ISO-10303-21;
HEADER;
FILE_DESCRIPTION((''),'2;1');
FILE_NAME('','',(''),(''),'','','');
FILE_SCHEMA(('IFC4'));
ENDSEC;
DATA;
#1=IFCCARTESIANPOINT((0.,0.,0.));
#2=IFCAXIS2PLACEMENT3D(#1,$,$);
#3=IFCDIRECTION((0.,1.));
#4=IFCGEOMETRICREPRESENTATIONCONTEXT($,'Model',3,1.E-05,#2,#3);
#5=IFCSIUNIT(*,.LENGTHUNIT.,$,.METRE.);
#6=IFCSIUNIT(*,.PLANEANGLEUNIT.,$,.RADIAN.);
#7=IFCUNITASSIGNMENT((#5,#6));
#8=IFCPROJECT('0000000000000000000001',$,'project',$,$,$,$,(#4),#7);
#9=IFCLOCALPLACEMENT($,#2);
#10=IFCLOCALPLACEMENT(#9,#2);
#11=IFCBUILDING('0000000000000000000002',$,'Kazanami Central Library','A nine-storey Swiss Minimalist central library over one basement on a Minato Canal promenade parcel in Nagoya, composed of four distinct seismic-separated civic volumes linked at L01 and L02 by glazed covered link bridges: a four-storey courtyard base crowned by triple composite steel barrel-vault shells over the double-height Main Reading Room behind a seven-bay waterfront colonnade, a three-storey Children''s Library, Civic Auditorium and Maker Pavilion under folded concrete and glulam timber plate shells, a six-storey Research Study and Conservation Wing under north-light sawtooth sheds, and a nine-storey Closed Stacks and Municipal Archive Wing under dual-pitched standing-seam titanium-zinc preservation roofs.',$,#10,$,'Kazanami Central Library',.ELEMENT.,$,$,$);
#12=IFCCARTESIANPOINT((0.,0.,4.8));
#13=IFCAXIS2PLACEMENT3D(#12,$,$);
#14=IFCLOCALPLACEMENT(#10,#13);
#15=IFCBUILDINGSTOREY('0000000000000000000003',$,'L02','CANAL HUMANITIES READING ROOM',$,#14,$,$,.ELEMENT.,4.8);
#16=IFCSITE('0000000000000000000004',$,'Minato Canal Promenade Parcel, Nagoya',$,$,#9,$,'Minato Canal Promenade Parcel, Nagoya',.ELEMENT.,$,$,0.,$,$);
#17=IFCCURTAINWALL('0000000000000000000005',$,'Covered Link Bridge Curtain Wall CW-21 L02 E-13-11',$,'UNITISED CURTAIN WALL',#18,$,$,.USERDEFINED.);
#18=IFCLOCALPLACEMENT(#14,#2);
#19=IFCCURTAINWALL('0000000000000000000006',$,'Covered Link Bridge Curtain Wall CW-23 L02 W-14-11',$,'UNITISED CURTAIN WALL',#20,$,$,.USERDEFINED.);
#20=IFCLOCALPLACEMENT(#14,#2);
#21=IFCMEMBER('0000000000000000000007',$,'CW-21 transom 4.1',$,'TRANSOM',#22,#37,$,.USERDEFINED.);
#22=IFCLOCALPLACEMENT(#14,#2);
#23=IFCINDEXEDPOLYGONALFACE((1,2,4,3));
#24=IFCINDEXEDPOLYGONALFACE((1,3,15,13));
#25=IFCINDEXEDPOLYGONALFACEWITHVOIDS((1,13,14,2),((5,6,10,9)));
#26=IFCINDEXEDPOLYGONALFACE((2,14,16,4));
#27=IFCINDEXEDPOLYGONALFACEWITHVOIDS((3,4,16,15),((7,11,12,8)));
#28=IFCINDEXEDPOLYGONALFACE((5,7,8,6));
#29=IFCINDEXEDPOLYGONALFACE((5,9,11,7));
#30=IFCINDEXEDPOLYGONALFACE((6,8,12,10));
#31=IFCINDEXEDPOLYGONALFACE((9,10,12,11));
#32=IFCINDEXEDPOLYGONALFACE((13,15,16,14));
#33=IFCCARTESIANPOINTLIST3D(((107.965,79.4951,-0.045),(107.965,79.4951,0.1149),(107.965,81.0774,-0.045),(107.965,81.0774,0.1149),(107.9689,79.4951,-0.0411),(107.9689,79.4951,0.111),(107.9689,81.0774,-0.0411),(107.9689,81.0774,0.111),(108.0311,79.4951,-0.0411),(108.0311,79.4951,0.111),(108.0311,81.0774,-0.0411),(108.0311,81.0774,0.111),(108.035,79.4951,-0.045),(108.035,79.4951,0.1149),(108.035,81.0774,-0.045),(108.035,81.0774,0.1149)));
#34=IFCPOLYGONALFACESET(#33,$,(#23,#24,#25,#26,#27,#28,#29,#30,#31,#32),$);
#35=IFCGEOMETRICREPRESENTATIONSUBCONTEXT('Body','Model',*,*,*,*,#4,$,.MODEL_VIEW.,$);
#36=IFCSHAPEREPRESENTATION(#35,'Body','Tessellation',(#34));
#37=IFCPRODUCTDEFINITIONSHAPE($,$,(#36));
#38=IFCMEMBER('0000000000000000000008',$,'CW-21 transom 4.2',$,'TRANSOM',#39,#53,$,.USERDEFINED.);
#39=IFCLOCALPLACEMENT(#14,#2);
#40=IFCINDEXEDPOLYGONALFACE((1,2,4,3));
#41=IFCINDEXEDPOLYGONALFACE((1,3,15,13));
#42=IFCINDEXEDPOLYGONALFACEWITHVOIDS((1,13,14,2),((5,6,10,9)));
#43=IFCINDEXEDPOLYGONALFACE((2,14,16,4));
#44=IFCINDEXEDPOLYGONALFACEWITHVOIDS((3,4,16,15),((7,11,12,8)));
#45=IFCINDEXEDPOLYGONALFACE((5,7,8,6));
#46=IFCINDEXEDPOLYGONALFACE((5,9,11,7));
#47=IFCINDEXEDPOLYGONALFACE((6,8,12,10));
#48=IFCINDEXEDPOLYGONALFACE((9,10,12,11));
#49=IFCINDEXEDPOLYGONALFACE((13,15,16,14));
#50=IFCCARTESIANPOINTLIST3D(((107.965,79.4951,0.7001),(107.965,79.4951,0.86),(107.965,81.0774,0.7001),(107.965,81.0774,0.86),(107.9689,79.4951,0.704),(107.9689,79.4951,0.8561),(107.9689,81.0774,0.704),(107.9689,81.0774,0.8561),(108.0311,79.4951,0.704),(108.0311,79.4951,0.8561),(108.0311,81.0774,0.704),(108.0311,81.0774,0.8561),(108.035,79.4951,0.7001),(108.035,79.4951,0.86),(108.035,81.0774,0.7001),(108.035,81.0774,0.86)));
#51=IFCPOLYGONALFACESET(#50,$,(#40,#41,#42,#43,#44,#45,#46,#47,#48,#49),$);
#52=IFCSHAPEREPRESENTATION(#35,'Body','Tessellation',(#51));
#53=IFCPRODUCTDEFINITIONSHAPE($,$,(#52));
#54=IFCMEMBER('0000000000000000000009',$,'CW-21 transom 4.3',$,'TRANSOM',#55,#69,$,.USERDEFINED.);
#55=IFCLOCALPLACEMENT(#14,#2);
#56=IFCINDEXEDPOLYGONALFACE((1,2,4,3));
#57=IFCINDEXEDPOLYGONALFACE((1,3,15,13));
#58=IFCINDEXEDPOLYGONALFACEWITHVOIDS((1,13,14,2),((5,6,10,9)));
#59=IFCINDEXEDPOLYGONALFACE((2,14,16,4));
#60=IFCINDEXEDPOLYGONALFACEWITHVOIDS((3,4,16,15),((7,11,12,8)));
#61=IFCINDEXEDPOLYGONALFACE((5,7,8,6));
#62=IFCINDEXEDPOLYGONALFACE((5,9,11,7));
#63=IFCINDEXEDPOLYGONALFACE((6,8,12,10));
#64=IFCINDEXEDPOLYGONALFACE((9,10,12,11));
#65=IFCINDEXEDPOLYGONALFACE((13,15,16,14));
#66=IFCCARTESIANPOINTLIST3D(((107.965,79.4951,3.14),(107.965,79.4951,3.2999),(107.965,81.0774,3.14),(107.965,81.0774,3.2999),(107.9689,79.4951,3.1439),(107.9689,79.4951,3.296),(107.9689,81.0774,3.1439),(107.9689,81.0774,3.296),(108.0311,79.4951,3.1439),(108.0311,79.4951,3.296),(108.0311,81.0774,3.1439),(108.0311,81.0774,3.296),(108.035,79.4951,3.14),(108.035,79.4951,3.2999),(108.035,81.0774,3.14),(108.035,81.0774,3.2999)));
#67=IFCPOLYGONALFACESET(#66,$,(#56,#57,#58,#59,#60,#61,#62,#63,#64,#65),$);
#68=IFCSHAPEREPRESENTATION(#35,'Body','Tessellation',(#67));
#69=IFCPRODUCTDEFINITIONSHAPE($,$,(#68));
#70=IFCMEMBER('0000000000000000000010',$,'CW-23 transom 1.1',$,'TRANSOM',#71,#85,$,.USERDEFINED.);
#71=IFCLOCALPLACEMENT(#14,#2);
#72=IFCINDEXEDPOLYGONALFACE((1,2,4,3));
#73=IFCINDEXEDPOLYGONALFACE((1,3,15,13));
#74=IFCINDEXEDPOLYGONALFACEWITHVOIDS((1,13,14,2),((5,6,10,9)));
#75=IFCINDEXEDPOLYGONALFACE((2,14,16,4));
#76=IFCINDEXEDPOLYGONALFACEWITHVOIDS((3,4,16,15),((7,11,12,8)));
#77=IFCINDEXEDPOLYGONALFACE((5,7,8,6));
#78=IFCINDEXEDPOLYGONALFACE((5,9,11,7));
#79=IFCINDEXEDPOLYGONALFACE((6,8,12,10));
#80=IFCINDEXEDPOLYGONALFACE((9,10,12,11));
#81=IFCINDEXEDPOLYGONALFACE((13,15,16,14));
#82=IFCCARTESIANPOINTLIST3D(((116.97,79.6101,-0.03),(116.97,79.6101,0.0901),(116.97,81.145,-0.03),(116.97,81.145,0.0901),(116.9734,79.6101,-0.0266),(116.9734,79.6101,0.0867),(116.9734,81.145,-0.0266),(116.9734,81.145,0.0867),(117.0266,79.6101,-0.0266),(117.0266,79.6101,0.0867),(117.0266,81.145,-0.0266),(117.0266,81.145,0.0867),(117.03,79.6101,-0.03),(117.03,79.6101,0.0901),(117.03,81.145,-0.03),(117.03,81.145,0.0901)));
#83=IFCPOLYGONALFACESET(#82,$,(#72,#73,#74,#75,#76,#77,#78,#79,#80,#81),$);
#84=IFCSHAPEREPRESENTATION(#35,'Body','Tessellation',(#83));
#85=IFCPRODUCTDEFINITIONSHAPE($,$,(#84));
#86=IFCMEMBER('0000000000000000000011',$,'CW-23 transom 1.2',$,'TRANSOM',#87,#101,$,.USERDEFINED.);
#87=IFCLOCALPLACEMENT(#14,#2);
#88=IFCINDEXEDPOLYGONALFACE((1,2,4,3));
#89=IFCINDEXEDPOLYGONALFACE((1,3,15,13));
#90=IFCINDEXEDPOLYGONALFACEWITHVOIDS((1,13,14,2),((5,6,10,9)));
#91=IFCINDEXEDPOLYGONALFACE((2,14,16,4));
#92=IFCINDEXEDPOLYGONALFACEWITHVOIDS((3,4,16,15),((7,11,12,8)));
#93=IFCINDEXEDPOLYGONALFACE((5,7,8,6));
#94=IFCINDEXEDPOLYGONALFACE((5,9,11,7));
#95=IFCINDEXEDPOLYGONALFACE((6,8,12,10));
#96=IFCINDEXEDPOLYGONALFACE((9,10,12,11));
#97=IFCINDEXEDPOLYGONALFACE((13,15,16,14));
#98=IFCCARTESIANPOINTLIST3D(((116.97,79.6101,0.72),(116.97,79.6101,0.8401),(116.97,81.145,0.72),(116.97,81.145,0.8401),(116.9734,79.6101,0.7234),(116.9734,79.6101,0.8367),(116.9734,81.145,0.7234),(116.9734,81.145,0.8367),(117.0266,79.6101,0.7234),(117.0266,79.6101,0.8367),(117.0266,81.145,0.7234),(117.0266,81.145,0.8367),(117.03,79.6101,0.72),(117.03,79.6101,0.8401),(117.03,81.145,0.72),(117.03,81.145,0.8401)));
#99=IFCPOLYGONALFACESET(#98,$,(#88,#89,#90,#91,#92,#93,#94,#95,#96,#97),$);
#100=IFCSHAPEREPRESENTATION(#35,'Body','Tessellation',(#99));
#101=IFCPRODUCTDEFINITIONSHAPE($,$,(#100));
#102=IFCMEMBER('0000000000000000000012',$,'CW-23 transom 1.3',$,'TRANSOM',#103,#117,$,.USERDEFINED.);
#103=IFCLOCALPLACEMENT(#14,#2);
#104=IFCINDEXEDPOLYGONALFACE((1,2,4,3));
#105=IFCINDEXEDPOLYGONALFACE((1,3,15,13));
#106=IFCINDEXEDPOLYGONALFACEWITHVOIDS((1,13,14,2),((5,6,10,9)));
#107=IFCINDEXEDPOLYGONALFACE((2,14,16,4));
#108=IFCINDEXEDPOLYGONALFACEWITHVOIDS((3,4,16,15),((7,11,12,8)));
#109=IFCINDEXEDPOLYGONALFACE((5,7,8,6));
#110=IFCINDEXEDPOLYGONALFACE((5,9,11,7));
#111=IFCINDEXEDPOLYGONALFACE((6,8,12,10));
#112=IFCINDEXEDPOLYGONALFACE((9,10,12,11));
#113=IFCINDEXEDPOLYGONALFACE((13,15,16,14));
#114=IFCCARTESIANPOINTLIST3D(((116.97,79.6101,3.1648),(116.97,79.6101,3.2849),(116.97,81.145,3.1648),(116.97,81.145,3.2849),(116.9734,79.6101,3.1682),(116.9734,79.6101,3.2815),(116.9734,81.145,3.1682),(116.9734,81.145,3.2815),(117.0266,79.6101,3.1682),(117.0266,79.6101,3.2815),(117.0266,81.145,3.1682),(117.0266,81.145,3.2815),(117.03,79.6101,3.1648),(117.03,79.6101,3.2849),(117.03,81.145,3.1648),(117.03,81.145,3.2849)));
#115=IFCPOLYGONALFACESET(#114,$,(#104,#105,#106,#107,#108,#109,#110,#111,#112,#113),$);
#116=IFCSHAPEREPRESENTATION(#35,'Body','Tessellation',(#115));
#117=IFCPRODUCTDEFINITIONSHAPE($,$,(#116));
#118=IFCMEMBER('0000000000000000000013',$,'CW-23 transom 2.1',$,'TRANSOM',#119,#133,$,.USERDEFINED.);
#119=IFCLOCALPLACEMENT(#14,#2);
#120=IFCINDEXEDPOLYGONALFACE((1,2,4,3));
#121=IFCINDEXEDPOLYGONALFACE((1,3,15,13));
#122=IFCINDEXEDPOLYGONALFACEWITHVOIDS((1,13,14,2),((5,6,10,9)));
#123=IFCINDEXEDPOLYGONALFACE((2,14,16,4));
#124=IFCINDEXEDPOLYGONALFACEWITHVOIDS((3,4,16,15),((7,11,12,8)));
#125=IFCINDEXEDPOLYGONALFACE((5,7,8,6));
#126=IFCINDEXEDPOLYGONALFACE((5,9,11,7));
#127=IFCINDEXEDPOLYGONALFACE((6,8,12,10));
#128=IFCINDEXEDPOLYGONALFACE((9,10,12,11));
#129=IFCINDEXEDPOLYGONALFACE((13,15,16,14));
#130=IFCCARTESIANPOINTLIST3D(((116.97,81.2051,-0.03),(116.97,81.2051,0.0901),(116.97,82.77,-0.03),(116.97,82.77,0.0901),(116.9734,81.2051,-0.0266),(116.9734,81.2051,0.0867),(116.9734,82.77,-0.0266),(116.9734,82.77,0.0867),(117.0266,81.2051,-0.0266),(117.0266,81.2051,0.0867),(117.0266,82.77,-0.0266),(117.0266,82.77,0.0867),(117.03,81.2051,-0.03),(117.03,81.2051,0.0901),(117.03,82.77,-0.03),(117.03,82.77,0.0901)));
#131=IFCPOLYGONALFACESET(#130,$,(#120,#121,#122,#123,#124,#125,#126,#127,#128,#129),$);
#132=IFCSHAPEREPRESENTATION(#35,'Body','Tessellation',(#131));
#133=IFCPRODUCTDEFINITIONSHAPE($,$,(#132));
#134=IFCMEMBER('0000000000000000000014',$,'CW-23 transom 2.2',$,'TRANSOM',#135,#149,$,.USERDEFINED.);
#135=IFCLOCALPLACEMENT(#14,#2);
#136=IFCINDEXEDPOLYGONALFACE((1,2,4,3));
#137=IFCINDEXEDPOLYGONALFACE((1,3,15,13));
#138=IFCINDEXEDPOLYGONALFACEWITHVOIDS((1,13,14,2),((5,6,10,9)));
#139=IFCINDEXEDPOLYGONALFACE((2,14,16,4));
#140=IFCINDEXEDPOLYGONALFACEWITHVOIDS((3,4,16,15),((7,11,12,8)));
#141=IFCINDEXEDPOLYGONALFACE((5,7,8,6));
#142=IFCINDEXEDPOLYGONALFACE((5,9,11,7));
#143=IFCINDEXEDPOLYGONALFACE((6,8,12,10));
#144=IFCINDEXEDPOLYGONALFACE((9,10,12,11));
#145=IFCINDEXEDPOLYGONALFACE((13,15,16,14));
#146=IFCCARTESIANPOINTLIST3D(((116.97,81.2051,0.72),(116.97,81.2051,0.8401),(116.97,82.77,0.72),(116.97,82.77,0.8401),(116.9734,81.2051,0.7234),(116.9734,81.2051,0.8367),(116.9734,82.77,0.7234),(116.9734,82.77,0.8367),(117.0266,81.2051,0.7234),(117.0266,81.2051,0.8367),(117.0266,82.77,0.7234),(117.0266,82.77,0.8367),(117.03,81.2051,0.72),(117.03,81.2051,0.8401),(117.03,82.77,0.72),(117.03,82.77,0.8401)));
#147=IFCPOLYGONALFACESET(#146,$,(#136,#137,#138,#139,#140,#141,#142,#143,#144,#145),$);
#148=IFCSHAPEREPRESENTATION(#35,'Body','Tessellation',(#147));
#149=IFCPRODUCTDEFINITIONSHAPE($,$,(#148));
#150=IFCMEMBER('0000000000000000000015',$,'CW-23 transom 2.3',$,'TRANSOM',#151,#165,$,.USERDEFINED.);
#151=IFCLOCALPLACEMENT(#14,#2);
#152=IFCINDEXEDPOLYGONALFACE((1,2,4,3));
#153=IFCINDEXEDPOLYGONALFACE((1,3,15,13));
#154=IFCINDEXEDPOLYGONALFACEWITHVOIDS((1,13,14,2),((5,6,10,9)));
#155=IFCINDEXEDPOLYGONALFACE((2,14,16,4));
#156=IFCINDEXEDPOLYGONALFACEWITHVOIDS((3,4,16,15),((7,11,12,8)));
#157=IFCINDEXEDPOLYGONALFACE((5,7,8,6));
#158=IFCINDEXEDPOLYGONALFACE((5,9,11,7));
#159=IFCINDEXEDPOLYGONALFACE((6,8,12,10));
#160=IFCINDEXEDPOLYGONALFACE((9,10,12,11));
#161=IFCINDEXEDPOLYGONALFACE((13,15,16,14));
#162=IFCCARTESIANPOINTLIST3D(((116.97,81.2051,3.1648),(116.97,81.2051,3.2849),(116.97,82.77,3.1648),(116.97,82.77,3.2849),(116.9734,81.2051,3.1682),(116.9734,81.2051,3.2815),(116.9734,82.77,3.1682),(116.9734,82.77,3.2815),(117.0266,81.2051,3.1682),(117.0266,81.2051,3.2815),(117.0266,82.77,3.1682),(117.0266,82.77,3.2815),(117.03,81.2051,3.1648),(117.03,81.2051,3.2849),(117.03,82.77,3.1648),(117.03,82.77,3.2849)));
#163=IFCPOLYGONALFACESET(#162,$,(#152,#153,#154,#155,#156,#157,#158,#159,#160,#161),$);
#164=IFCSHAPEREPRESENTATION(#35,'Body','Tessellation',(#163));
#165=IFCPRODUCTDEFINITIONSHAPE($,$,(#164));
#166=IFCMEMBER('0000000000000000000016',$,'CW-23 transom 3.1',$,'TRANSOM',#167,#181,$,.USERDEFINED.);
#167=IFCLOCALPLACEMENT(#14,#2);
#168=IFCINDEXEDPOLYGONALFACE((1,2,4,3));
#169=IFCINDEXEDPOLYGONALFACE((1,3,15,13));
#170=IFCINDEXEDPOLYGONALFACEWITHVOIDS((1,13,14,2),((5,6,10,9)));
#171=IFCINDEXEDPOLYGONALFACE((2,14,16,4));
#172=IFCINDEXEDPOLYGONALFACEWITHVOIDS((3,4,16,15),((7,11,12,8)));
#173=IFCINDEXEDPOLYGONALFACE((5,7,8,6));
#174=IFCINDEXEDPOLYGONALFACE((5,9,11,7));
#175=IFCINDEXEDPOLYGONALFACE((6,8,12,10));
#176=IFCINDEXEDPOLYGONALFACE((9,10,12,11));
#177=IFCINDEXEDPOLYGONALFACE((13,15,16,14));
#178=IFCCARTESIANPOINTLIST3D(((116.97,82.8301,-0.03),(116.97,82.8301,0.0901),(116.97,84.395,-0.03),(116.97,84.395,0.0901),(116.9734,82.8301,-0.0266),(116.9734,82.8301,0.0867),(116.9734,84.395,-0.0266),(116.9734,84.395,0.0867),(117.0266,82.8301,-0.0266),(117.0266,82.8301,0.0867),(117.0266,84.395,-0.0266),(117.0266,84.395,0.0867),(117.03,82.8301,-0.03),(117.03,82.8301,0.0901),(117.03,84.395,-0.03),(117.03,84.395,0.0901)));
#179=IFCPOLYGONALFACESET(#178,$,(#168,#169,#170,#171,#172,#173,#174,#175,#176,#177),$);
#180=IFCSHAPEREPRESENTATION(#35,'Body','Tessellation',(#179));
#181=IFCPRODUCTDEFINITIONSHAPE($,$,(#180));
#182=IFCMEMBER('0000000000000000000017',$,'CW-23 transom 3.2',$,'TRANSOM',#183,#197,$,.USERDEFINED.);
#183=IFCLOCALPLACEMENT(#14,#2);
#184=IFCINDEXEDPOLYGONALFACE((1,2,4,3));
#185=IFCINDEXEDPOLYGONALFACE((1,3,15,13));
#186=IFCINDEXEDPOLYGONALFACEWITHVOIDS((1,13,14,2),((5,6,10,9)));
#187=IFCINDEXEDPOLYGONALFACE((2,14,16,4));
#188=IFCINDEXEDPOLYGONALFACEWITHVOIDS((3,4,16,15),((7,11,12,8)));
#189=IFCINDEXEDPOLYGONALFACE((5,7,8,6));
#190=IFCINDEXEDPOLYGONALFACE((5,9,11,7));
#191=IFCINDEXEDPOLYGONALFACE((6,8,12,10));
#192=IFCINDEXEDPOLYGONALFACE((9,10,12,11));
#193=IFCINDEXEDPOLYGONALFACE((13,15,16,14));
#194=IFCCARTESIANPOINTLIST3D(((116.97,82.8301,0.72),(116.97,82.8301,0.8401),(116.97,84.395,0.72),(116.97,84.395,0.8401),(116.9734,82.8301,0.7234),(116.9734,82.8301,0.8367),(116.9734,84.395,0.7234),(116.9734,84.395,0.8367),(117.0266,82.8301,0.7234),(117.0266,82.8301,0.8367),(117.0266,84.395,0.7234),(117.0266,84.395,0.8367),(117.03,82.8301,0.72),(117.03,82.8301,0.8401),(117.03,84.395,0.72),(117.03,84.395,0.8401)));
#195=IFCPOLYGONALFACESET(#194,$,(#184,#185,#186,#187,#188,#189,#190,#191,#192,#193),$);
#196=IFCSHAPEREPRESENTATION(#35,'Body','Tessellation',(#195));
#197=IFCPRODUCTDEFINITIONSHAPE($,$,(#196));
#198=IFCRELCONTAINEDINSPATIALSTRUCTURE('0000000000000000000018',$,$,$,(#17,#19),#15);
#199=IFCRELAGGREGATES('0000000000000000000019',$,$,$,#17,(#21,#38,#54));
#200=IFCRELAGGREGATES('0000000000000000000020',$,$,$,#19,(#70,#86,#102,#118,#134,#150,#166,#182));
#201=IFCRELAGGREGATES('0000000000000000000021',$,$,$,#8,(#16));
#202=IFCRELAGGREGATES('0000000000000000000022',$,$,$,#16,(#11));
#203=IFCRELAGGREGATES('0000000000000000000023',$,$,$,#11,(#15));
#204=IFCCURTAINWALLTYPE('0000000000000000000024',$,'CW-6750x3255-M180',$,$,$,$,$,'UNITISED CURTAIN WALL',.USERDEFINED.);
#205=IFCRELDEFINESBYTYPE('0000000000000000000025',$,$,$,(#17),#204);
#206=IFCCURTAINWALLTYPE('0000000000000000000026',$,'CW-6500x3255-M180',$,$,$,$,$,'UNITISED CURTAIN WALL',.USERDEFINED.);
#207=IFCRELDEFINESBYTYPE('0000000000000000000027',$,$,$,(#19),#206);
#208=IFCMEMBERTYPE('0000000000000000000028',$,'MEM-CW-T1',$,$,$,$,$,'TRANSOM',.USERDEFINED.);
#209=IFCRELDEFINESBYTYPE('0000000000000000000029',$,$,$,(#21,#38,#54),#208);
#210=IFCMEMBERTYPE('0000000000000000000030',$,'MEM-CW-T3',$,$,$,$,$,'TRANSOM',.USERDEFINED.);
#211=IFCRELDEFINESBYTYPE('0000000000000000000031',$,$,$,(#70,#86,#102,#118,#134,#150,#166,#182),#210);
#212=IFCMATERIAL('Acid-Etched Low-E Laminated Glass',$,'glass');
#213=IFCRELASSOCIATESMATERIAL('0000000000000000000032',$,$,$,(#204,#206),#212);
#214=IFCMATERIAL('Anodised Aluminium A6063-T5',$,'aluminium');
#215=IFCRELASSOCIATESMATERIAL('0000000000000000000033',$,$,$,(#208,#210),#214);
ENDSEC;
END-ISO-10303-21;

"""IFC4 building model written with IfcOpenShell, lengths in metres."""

from ifc_helpers import new_model, si_unit, direction, frame, origin, origin_2d, place, context, subcontext, project, spatial, hollow_rectangle, extrude, material, material_profile, profile_set, type_object, element, aggregate, save


model = new_model("IFC4")

# Units and contexts
model_context = context("Model", 3, precision=1e-05, world=origin(), true_north=direction((0.0, 1.0)))
body_context = subcontext(model_context, "Body", "Model", "MODEL_VIEW")
ifc_project = project(units=[si_unit("LENGTHUNIT", "METRE"), si_unit("PLANEANGLEUNIT", "RADIAN")], contexts=[model_context])

# Site, building, storey
site_placement = place(None, origin())
site = spatial("IfcSite", under=ifc_project, at=site_placement, Name="Minato Canal Promenade Parcel, Nagoya", LongName="Minato Canal Promenade Parcel, Nagoya", CompositionType="ELEMENT", RefElevation=0.0)
building_placement = place(site_placement, origin())
building = spatial("IfcBuilding", under=site, at=building_placement, Name="Kazanami Central Library", Description="A nine-storey Swiss Minimalist central library over one basement on a Minato Canal promenade parcel in Nagoya, composed of four distinct seismic-separated civic volumes linked at L01 and L02 by glazed covered link bridges: a four-storey courtyard base crowned by triple composite steel barrel-vault shells over the double-height Main Reading Room behind a seven-bay waterfront colonnade, a three-storey Children's Library, Civic Auditorium and Maker Pavilion under folded concrete and glulam timber plate shells, a six-storey Research Study and Conservation Wing under north-light sawtooth sheds, and a nine-storey Closed Stacks and Municipal Archive Wing under dual-pitched standing-seam titanium-zinc preservation roofs.", LongName="Kazanami Central Library", CompositionType="ELEMENT")
storey_placement = place(building_placement, frame((0.0, 0.0, 4.8)))
storey = spatial("IfcBuildingStorey", under=building, at=storey_placement, Name="L02", Description="CANAL HUMANITIES READING ROOM", CompositionType="ELEMENT", Elevation=4.8)

# Curtain walls
ifc_material_1 = material(Name="Acid-Etched Low-E Laminated Glass", Category="glass")
curtain_wall_type_1 = type_object("IfcCurtainWallType", Name="CW-6750x3255-M180", ElementType="UNITISED CURTAIN WALL", PredefinedType="USERDEFINED", material=ifc_material_1)
curtain_wall_1_placement = place(storey_placement, origin())
curtain_wall_1 = element("IfcCurtainWall", 1, at=curtain_wall_1_placement, inside=storey, type_object=curtain_wall_type_1, Name="Covered Link Bridge Curtain Wall CW-21 L02 E-13-11", ObjectType="UNITISED CURTAIN WALL", PredefinedType="USERDEFINED")
ifc_material_2 = material(Name="Anodised Aluminium A6063-T5", Category="aluminium")
curtain_wall_type_2 = type_object("IfcCurtainWallType", Name="CW-6500x3255-M180", ElementType="UNITISED CURTAIN WALL", PredefinedType="USERDEFINED", material=ifc_material_1)
curtain_wall_2_placement = place(storey_placement, origin())
curtain_wall_2 = element("IfcCurtainWall", 2, at=curtain_wall_2_placement, inside=storey, type_object=curtain_wall_type_2, Name="Covered Link Bridge Curtain Wall CW-23 L02 W-14-11", ObjectType="UNITISED CURTAIN WALL", PredefinedType="USERDEFINED")

# Members
ifc_material_profile_1 = material_profile(ifc_material_2, hollow_rectangle(XDim=0.0701, YDim=0.1599, WallThickness=0.0039, at=origin_2d()), Name="ALU-TRAN-70x160x4")
ifc_profile_set_1 = profile_set([ifc_material_profile_1], Name="Anodised Aluminium A6063-T5")
member_type_1 = type_object("IfcMemberType", Name="MEM-CW-T1", ElementType="TRANSOM", PredefinedType="USERDEFINED", material=ifc_profile_set_1)
member_1_placement = place(storey_placement, frame((108.0, 81.0774, 0.0349), z_axis=(0.0, -1.0, 0.0), x_axis=(1.0, 0.0, 0.0)))
member_1 = element("IfcMember", 3, at=member_1_placement, type_object=member_type_1, Name="CW-21 transom 4.1", ObjectType="TRANSOM", PredefinedType="USERDEFINED", context=body_context, shape_type="SweptSolid", body=[
    extrude(hollow_rectangle(XDim=0.0701, YDim=0.1599, WallThickness=0.0039, at=origin_2d()), origin(), (0.0, 0.0, 1.0), 1.5823),
])
member_2_placement = place(storey_placement, frame((108.0, 81.0774, 0.78), z_axis=(0.0, -1.0, 0.0), x_axis=(1.0, 0.0, 0.0)))
member_2 = element("IfcMember", 4, at=member_2_placement, type_object=member_type_1, Name="CW-21 transom 4.2", ObjectType="TRANSOM", PredefinedType="USERDEFINED", context=body_context, shape_type="SweptSolid", body=[
    extrude(hollow_rectangle(XDim=0.0701, YDim=0.1599, WallThickness=0.0039, at=origin_2d()), origin(), (0.0, 0.0, 1.0), 1.5823),
])
member_3_placement = place(storey_placement, frame((108.0, 81.0774, 3.22), z_axis=(0.0, -1.0, 0.0), x_axis=(1.0, 0.0, 0.0)))
member_3 = element("IfcMember", 5, at=member_3_placement, type_object=member_type_1, Name="CW-21 transom 4.3", ObjectType="TRANSOM", PredefinedType="USERDEFINED", context=body_context, shape_type="SweptSolid", body=[
    extrude(hollow_rectangle(XDim=0.0701, YDim=0.1599, WallThickness=0.0039, at=origin_2d()), origin(), (0.0, 0.0, 1.0), 1.5823),
])
ifc_material_profile_2 = material_profile(ifc_material_2, hollow_rectangle(XDim=0.0601, YDim=0.1201, WallThickness=0.0034, at=origin_2d()), Name="ALU-TRAN-60x120x3.5")
ifc_profile_set_2 = profile_set([ifc_material_profile_2], Name="Anodised Aluminium A6063-T5")
member_type_2 = type_object("IfcMemberType", Name="MEM-CW-T3", ElementType="TRANSOM", PredefinedType="USERDEFINED", material=ifc_profile_set_2)
member_4_placement = place(storey_placement, frame((117.0, 79.6101, 0.03), z_axis=(0.0, 1.0, 0.0), x_axis=(-1.0, 0.0, 0.0)))
member_4 = element("IfcMember", 6, at=member_4_placement, type_object=member_type_2, Name="CW-23 transom 1.1", ObjectType="TRANSOM", PredefinedType="USERDEFINED", context=body_context, shape_type="SweptSolid", body=[
    extrude(hollow_rectangle(XDim=0.0601, YDim=0.1201, WallThickness=0.0034, at=origin_2d()), origin(), (0.0, 0.0, 1.0), 1.5349),
])
member_5_placement = place(storey_placement, frame((117.0, 79.6101, 0.78), z_axis=(0.0, 1.0, 0.0), x_axis=(-1.0, 0.0, 0.0)))
member_5 = element("IfcMember", 7, at=member_5_placement, type_object=member_type_2, Name="CW-23 transom 1.2", ObjectType="TRANSOM", PredefinedType="USERDEFINED", context=body_context, shape_type="SweptSolid", body=[
    extrude(hollow_rectangle(XDim=0.0601, YDim=0.1201, WallThickness=0.0034, at=origin_2d()), origin(), (0.0, 0.0, 1.0), 1.5349),
])
member_6_placement = place(storey_placement, frame((117.0, 79.6101, 3.2249), z_axis=(0.0, 1.0, 0.0), x_axis=(-1.0, 0.0, 0.0)))
member_6 = element("IfcMember", 8, at=member_6_placement, type_object=member_type_2, Name="CW-23 transom 1.3", ObjectType="TRANSOM", PredefinedType="USERDEFINED", context=body_context, shape_type="SweptSolid", body=[
    extrude(hollow_rectangle(XDim=0.0601, YDim=0.1201, WallThickness=0.0034, at=origin_2d()), origin(), (0.0, 0.0, 1.0), 1.5349),
])
member_7_placement = place(storey_placement, frame((117.0, 81.2051, 0.03), z_axis=(0.0, 1.0, 0.0), x_axis=(-1.0, 0.0, 0.0)))
member_7 = element("IfcMember", 9, at=member_7_placement, type_object=member_type_2, Name="CW-23 transom 2.1", ObjectType="TRANSOM", PredefinedType="USERDEFINED", context=body_context, shape_type="SweptSolid", body=[
    extrude(hollow_rectangle(XDim=0.0601, YDim=0.1201, WallThickness=0.0034, at=origin_2d()), origin(), (0.0, 0.0, 1.0), 1.5649),
])
member_8_placement = place(storey_placement, frame((117.0, 81.2051, 0.78), z_axis=(0.0, 1.0, 0.0), x_axis=(-1.0, 0.0, 0.0)))
member_8 = element("IfcMember", 10, at=member_8_placement, type_object=member_type_2, Name="CW-23 transom 2.2", ObjectType="TRANSOM", PredefinedType="USERDEFINED", context=body_context, shape_type="SweptSolid", body=[
    extrude(hollow_rectangle(XDim=0.0601, YDim=0.1201, WallThickness=0.0034, at=origin_2d()), origin(), (0.0, 0.0, 1.0), 1.5649),
])
member_9_placement = place(storey_placement, frame((117.0, 81.2051, 3.2249), z_axis=(0.0, 1.0, 0.0), x_axis=(-1.0, 0.0, 0.0)))
member_9 = element("IfcMember", 11, at=member_9_placement, type_object=member_type_2, Name="CW-23 transom 2.3", ObjectType="TRANSOM", PredefinedType="USERDEFINED", context=body_context, shape_type="SweptSolid", body=[
    extrude(hollow_rectangle(XDim=0.0601, YDim=0.1201, WallThickness=0.0034, at=origin_2d()), origin(), (0.0, 0.0, 1.0), 1.5649),
])
member_10_placement = place(storey_placement, frame((117.0, 82.8301, 0.03), z_axis=(0.0, 1.0, 0.0), x_axis=(-1.0, 0.0, 0.0)))
member_10 = element("IfcMember", 12, at=member_10_placement, type_object=member_type_2, Name="CW-23 transom 3.1", ObjectType="TRANSOM", PredefinedType="USERDEFINED", context=body_context, shape_type="SweptSolid", body=[
    extrude(hollow_rectangle(XDim=0.0601, YDim=0.1201, WallThickness=0.0034, at=origin_2d()), origin(), (0.0, 0.0, 1.0), 1.5649),
])
member_11_placement = place(storey_placement, frame((117.0, 82.8301, 0.78), z_axis=(0.0, 1.0, 0.0), x_axis=(-1.0, 0.0, 0.0)))
member_11 = element("IfcMember", 13, at=member_11_placement, type_object=member_type_2, Name="CW-23 transom 3.2", ObjectType="TRANSOM", PredefinedType="USERDEFINED", context=body_context, shape_type="SweptSolid", body=[
    extrude(hollow_rectangle(XDim=0.0601, YDim=0.1201, WallThickness=0.0034, at=origin_2d()), origin(), (0.0, 0.0, 1.0), 1.5649),
])

aggregate(curtain_wall_1, [member_1, member_2, member_3])
aggregate(curtain_wall_2, [member_4, member_5, member_6, member_7, member_8, member_9, member_10, member_11])

save(model, "model.ifc")
